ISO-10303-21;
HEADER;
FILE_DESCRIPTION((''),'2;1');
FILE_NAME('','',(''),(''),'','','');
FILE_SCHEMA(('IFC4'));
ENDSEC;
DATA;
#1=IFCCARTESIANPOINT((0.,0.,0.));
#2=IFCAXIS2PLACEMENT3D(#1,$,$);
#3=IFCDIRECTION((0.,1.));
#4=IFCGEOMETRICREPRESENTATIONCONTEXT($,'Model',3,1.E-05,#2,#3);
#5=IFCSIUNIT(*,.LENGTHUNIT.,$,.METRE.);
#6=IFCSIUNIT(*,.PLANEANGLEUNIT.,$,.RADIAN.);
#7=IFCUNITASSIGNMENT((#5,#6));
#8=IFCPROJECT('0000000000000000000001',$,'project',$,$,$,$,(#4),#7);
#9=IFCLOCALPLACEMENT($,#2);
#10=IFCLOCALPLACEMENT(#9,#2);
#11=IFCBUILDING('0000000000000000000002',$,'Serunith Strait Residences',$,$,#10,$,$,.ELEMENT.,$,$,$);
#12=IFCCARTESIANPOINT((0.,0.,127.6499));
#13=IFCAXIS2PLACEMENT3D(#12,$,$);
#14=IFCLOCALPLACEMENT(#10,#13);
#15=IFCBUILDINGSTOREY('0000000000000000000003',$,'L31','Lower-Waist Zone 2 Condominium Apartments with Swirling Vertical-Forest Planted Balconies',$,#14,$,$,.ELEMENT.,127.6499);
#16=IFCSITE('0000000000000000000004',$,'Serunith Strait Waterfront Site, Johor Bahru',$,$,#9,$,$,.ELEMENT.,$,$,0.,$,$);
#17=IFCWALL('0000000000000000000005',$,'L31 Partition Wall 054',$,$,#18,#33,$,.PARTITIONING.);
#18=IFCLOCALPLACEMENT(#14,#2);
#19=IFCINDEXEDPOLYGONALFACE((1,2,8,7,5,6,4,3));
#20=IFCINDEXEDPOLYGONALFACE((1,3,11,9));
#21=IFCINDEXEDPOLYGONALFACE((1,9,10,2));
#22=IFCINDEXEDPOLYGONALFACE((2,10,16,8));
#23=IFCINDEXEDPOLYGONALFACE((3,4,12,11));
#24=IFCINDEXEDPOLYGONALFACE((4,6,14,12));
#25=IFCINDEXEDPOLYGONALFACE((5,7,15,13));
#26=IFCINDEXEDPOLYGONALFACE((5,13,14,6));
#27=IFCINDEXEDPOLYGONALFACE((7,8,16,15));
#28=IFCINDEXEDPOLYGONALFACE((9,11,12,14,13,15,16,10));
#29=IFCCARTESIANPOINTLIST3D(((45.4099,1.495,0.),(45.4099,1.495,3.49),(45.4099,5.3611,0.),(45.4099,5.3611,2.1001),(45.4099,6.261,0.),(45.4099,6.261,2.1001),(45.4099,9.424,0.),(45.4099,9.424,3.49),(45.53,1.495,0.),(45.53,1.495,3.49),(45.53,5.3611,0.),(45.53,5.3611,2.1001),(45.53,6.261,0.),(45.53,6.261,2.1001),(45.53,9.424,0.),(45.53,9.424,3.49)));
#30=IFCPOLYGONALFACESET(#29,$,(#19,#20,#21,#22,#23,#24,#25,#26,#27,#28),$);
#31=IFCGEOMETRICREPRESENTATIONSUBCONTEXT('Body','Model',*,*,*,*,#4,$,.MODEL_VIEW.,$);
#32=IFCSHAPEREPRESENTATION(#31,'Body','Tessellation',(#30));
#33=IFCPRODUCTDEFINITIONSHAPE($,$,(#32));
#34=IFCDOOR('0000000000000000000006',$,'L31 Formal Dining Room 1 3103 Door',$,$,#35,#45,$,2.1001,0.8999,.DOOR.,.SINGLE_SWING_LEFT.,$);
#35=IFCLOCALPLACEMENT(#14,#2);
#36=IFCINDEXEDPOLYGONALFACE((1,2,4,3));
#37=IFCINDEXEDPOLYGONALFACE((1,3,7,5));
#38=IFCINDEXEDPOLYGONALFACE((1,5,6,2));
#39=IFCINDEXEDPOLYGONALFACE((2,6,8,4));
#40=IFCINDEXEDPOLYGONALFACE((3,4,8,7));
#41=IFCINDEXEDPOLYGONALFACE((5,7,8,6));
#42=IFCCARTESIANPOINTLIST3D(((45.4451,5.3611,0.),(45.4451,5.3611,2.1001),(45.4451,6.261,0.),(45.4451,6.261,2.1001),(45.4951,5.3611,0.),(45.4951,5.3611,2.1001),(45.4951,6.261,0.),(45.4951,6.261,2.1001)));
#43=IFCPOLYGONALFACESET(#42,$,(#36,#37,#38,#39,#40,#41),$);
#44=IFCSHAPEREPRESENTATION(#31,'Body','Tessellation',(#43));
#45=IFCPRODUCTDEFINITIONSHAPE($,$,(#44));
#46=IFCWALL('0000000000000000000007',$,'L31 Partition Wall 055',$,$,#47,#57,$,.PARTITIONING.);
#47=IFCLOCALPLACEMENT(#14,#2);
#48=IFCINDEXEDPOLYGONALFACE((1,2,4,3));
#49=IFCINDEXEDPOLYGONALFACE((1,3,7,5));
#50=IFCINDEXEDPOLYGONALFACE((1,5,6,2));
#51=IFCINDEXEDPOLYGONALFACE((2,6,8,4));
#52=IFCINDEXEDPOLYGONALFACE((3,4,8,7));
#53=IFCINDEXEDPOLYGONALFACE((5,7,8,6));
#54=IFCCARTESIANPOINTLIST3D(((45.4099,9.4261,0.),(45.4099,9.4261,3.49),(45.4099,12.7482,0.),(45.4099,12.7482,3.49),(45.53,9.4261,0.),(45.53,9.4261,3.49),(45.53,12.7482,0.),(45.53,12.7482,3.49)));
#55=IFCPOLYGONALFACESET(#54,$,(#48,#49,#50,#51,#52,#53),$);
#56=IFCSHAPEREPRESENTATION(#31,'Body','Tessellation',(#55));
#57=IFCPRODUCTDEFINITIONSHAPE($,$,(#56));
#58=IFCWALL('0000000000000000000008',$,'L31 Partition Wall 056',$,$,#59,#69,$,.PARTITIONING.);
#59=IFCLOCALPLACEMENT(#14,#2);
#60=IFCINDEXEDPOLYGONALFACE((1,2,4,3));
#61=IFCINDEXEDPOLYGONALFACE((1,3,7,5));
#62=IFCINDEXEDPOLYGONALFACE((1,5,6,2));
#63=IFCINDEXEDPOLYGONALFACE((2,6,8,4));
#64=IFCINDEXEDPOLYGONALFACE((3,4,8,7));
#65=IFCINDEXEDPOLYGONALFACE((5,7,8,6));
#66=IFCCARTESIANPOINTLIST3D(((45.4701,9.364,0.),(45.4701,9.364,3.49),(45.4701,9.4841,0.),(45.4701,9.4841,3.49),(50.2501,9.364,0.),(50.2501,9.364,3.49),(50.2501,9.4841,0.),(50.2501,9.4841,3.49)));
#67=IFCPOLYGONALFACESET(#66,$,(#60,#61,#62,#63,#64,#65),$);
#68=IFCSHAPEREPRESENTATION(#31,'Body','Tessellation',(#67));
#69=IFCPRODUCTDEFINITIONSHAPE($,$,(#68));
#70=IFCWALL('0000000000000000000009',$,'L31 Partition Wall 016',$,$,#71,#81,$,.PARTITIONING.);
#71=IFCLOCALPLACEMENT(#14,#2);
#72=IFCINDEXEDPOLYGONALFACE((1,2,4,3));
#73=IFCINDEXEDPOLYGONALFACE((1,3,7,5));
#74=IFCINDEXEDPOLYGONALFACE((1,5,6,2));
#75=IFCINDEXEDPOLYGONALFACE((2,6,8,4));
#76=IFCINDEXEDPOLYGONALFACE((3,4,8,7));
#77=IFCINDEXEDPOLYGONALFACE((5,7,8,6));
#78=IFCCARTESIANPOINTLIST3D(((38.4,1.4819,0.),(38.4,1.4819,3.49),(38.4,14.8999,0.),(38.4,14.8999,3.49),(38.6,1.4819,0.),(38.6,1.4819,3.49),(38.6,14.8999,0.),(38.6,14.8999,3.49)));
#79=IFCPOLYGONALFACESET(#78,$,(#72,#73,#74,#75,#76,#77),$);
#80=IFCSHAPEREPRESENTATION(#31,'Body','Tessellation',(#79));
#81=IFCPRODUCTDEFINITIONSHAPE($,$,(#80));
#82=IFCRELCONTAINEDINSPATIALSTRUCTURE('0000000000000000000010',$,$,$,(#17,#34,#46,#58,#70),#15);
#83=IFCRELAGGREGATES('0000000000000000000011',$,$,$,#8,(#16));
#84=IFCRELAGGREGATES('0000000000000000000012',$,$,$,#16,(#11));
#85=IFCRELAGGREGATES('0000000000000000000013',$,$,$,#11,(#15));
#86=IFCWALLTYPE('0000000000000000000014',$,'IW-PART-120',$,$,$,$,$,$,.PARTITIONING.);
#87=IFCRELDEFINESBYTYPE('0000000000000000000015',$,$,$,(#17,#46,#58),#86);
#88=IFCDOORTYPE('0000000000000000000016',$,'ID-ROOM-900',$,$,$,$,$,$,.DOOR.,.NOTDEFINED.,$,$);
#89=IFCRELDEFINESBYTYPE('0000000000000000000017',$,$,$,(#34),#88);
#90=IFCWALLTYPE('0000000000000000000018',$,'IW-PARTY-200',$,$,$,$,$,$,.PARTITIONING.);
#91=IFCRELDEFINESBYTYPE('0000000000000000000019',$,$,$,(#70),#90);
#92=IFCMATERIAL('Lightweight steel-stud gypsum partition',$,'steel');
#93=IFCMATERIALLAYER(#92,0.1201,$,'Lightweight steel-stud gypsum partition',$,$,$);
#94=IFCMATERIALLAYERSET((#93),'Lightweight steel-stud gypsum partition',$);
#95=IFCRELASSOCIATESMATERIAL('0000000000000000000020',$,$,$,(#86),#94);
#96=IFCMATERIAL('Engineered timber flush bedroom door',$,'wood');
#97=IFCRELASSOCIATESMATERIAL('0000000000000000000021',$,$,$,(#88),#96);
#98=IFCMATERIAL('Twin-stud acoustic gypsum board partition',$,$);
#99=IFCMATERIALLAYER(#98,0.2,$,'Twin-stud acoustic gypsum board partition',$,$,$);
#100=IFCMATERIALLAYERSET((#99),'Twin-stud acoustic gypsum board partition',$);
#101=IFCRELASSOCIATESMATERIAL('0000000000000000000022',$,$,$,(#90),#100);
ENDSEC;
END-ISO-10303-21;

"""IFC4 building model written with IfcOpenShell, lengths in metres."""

from ifc_helpers import new_model, si_unit, direction, frame, frame_2d, origin, place, context, subcontext, project, spatial, rectangle, extrude, source, transform, mapped, material, layer, layer_set, type_object, element, fill, save


model = new_model("IFC4")

# Units and contexts
model_context = context("Model", 3, precision=1e-05, world=origin(), true_north=direction((0.0, 1.0)))
body_context = subcontext(model_context, "Body", "Model", "MODEL_VIEW")
ifc_project = project(units=[si_unit("LENGTHUNIT", "METRE"), si_unit("PLANEANGLEUNIT", "RADIAN")], contexts=[model_context])

# Site, building, storey
site_placement = place(None, origin())
site = spatial("IfcSite", under=ifc_project, at=site_placement, Name="Serunith Strait Waterfront Site, Johor Bahru", CompositionType="ELEMENT", RefElevation=0.0)
building_placement = place(site_placement, origin())
building = spatial("IfcBuilding", under=site, at=building_placement, Name="Serunith Strait Residences", CompositionType="ELEMENT")
storey_placement = place(building_placement, frame((0.0, 0.0, 127.6499)))
storey = spatial("IfcBuildingStorey", under=building, at=storey_placement, Name="L31", Description="Lower-Waist Zone 2 Condominium Apartments with Swirling Vertical-Forest Planted Balconies", CompositionType="ELEMENT", Elevation=127.6499)

# Shared definitions
ifc_material_1 = material(Name="Lightweight steel-stud gypsum partition", Category="steel")
ifc_layer_1 = layer(ifc_material_1, 0.1201, Name="Lightweight steel-stud gypsum partition")
ifc_layer_set_1 = layer_set([ifc_layer_1], Name="Lightweight steel-stud gypsum partition")
wall_type_1 = type_object("IfcWallType", Name="IW-PART-120", PredefinedType="PARTITIONING", material=ifc_layer_set_1)
ifc_material_2 = material(Name="Engineered timber flush bedroom door", Category="wood")
door_type_1 = type_object("IfcDoorType", Name="ID-ROOM-900", OperationType="NOTDEFINED", PredefinedType="DOOR", material=ifc_material_2)
shared_shape_1 = source(origin(), body_context, "Body", "SweptSolid", [
    extrude(rectangle(XDim=0.8999, YDim=2.1001, at=frame_2d((0.45, 1.05))), frame((0.0, 0.0249, 0.0), z_axis=(0.0, -1.0, 0.0), x_axis=(1.0, 0.0, 0.0)), (0.0, 0.0, 1.0), 0.05),
])

# Wall, opening, door
wall_1_placement = place(storey_placement, frame((45.47, 1.4951, 0.0), z_axis=(0.0, 0.0, 1.0), x_axis=(0.0, 1.0, 0.0)))
wall_1 = element("IfcWall", 1, at=wall_1_placement, inside=storey, type_object=wall_type_1, Name="L31 Partition Wall 054", PredefinedType="PARTITIONING", context=body_context, shape_type="SweptSolid", body=[
    extrude(rectangle(XDim=7.929, YDim=0.1201, at=frame_2d((3.9644, 0.0))), origin(), (0.0, 0.0, 1.0), 3.49),
])
opening_1_placement = place(wall_1_placement, frame((3.866, 0.0, 0.0)))
opening_1 = element("IfcOpeningElement", 2, at=opening_1_placement, cuts=wall_1, PredefinedType="OPENING", context=body_context, shape_type="SweptSolid", body=[
    extrude(rectangle(XDim=0.8999, YDim=2.1001, at=frame_2d((0.45, 1.05))), frame((0.0, 0.0701, 0.0), z_axis=(0.0, -1.0, 0.0), x_axis=(1.0, 0.0, 0.0)), (0.0, 0.0, 1.0), 0.1401),
])
door_1_placement = place(opening_1_placement, origin())
door_1 = element("IfcDoor", 3, at=door_1_placement, inside=storey, type_object=door_type_1, Name="L31 Formal Dining Room 1 3103 Door", OperationType="SINGLE_SWING_LEFT", OverallHeight=2.1001, OverallWidth=0.8999, PredefinedType="DOOR", context=body_context, shape_type="MappedRepresentation", body=[
    mapped(shared_shape_1, transform((0.0, 0.0, 0.0), scale=1.0)),
])
fill(opening_1, door_1)

# Walls
wall_2_placement = place(storey_placement, frame((45.47, 9.426, 0.0), z_axis=(0.0, 0.0, 1.0), x_axis=(0.0, 1.0, 0.0)))
element("IfcWall", 4, at=wall_2_placement, inside=storey, type_object=wall_type_1, Name="L31 Partition Wall 055", PredefinedType="PARTITIONING", context=body_context, shape_type="SweptSolid", body=[
    extrude(rectangle(XDim=3.322, YDim=0.1201, at=frame_2d((1.6611, 0.0))), origin(), (0.0, 0.0, 1.0), 3.49),
])
wall_3_placement = place(storey_placement, frame((45.47, 9.4241, 0.0), z_axis=(0.0, 0.0, 1.0), x_axis=(1.0, 0.0, 0.0)))
element("IfcWall", 5, at=wall_3_placement, inside=storey, type_object=wall_type_1, Name="L31 Partition Wall 056", PredefinedType="PARTITIONING", context=body_context, shape_type="SweptSolid", body=[
    extrude(rectangle(XDim=4.78, YDim=0.1201, at=frame_2d((2.3901, 0.0))), origin(), (0.0, 0.0, 1.0), 3.49),
])
ifc_material_3 = material(Name="Twin-stud acoustic gypsum board partition")
ifc_layer_2 = layer(ifc_material_3, 0.2, Name="Twin-stud acoustic gypsum board partition")
ifc_layer_set_2 = layer_set([ifc_layer_2], Name="Twin-stud acoustic gypsum board partition")
wall_type_2 = type_object("IfcWallType", Name="IW-PARTY-200", PredefinedType="PARTITIONING", material=ifc_layer_set_2)
wall_4_placement = place(storey_placement, frame((38.5, 1.4819, 0.0), z_axis=(0.0, 0.0, 1.0), x_axis=(0.0, 1.0, 0.0)))
element("IfcWall", 6, at=wall_4_placement, inside=storey, type_object=wall_type_2, Name="L31 Partition Wall 016", PredefinedType="PARTITIONING", context=body_context, shape_type="SweptSolid", body=[
    extrude(rectangle(XDim=13.418, YDim=0.2, at=frame_2d((6.709, 0.0))), origin(), (0.0, 0.0, 1.0), 3.49),
])

save(model, "model.ifc")
